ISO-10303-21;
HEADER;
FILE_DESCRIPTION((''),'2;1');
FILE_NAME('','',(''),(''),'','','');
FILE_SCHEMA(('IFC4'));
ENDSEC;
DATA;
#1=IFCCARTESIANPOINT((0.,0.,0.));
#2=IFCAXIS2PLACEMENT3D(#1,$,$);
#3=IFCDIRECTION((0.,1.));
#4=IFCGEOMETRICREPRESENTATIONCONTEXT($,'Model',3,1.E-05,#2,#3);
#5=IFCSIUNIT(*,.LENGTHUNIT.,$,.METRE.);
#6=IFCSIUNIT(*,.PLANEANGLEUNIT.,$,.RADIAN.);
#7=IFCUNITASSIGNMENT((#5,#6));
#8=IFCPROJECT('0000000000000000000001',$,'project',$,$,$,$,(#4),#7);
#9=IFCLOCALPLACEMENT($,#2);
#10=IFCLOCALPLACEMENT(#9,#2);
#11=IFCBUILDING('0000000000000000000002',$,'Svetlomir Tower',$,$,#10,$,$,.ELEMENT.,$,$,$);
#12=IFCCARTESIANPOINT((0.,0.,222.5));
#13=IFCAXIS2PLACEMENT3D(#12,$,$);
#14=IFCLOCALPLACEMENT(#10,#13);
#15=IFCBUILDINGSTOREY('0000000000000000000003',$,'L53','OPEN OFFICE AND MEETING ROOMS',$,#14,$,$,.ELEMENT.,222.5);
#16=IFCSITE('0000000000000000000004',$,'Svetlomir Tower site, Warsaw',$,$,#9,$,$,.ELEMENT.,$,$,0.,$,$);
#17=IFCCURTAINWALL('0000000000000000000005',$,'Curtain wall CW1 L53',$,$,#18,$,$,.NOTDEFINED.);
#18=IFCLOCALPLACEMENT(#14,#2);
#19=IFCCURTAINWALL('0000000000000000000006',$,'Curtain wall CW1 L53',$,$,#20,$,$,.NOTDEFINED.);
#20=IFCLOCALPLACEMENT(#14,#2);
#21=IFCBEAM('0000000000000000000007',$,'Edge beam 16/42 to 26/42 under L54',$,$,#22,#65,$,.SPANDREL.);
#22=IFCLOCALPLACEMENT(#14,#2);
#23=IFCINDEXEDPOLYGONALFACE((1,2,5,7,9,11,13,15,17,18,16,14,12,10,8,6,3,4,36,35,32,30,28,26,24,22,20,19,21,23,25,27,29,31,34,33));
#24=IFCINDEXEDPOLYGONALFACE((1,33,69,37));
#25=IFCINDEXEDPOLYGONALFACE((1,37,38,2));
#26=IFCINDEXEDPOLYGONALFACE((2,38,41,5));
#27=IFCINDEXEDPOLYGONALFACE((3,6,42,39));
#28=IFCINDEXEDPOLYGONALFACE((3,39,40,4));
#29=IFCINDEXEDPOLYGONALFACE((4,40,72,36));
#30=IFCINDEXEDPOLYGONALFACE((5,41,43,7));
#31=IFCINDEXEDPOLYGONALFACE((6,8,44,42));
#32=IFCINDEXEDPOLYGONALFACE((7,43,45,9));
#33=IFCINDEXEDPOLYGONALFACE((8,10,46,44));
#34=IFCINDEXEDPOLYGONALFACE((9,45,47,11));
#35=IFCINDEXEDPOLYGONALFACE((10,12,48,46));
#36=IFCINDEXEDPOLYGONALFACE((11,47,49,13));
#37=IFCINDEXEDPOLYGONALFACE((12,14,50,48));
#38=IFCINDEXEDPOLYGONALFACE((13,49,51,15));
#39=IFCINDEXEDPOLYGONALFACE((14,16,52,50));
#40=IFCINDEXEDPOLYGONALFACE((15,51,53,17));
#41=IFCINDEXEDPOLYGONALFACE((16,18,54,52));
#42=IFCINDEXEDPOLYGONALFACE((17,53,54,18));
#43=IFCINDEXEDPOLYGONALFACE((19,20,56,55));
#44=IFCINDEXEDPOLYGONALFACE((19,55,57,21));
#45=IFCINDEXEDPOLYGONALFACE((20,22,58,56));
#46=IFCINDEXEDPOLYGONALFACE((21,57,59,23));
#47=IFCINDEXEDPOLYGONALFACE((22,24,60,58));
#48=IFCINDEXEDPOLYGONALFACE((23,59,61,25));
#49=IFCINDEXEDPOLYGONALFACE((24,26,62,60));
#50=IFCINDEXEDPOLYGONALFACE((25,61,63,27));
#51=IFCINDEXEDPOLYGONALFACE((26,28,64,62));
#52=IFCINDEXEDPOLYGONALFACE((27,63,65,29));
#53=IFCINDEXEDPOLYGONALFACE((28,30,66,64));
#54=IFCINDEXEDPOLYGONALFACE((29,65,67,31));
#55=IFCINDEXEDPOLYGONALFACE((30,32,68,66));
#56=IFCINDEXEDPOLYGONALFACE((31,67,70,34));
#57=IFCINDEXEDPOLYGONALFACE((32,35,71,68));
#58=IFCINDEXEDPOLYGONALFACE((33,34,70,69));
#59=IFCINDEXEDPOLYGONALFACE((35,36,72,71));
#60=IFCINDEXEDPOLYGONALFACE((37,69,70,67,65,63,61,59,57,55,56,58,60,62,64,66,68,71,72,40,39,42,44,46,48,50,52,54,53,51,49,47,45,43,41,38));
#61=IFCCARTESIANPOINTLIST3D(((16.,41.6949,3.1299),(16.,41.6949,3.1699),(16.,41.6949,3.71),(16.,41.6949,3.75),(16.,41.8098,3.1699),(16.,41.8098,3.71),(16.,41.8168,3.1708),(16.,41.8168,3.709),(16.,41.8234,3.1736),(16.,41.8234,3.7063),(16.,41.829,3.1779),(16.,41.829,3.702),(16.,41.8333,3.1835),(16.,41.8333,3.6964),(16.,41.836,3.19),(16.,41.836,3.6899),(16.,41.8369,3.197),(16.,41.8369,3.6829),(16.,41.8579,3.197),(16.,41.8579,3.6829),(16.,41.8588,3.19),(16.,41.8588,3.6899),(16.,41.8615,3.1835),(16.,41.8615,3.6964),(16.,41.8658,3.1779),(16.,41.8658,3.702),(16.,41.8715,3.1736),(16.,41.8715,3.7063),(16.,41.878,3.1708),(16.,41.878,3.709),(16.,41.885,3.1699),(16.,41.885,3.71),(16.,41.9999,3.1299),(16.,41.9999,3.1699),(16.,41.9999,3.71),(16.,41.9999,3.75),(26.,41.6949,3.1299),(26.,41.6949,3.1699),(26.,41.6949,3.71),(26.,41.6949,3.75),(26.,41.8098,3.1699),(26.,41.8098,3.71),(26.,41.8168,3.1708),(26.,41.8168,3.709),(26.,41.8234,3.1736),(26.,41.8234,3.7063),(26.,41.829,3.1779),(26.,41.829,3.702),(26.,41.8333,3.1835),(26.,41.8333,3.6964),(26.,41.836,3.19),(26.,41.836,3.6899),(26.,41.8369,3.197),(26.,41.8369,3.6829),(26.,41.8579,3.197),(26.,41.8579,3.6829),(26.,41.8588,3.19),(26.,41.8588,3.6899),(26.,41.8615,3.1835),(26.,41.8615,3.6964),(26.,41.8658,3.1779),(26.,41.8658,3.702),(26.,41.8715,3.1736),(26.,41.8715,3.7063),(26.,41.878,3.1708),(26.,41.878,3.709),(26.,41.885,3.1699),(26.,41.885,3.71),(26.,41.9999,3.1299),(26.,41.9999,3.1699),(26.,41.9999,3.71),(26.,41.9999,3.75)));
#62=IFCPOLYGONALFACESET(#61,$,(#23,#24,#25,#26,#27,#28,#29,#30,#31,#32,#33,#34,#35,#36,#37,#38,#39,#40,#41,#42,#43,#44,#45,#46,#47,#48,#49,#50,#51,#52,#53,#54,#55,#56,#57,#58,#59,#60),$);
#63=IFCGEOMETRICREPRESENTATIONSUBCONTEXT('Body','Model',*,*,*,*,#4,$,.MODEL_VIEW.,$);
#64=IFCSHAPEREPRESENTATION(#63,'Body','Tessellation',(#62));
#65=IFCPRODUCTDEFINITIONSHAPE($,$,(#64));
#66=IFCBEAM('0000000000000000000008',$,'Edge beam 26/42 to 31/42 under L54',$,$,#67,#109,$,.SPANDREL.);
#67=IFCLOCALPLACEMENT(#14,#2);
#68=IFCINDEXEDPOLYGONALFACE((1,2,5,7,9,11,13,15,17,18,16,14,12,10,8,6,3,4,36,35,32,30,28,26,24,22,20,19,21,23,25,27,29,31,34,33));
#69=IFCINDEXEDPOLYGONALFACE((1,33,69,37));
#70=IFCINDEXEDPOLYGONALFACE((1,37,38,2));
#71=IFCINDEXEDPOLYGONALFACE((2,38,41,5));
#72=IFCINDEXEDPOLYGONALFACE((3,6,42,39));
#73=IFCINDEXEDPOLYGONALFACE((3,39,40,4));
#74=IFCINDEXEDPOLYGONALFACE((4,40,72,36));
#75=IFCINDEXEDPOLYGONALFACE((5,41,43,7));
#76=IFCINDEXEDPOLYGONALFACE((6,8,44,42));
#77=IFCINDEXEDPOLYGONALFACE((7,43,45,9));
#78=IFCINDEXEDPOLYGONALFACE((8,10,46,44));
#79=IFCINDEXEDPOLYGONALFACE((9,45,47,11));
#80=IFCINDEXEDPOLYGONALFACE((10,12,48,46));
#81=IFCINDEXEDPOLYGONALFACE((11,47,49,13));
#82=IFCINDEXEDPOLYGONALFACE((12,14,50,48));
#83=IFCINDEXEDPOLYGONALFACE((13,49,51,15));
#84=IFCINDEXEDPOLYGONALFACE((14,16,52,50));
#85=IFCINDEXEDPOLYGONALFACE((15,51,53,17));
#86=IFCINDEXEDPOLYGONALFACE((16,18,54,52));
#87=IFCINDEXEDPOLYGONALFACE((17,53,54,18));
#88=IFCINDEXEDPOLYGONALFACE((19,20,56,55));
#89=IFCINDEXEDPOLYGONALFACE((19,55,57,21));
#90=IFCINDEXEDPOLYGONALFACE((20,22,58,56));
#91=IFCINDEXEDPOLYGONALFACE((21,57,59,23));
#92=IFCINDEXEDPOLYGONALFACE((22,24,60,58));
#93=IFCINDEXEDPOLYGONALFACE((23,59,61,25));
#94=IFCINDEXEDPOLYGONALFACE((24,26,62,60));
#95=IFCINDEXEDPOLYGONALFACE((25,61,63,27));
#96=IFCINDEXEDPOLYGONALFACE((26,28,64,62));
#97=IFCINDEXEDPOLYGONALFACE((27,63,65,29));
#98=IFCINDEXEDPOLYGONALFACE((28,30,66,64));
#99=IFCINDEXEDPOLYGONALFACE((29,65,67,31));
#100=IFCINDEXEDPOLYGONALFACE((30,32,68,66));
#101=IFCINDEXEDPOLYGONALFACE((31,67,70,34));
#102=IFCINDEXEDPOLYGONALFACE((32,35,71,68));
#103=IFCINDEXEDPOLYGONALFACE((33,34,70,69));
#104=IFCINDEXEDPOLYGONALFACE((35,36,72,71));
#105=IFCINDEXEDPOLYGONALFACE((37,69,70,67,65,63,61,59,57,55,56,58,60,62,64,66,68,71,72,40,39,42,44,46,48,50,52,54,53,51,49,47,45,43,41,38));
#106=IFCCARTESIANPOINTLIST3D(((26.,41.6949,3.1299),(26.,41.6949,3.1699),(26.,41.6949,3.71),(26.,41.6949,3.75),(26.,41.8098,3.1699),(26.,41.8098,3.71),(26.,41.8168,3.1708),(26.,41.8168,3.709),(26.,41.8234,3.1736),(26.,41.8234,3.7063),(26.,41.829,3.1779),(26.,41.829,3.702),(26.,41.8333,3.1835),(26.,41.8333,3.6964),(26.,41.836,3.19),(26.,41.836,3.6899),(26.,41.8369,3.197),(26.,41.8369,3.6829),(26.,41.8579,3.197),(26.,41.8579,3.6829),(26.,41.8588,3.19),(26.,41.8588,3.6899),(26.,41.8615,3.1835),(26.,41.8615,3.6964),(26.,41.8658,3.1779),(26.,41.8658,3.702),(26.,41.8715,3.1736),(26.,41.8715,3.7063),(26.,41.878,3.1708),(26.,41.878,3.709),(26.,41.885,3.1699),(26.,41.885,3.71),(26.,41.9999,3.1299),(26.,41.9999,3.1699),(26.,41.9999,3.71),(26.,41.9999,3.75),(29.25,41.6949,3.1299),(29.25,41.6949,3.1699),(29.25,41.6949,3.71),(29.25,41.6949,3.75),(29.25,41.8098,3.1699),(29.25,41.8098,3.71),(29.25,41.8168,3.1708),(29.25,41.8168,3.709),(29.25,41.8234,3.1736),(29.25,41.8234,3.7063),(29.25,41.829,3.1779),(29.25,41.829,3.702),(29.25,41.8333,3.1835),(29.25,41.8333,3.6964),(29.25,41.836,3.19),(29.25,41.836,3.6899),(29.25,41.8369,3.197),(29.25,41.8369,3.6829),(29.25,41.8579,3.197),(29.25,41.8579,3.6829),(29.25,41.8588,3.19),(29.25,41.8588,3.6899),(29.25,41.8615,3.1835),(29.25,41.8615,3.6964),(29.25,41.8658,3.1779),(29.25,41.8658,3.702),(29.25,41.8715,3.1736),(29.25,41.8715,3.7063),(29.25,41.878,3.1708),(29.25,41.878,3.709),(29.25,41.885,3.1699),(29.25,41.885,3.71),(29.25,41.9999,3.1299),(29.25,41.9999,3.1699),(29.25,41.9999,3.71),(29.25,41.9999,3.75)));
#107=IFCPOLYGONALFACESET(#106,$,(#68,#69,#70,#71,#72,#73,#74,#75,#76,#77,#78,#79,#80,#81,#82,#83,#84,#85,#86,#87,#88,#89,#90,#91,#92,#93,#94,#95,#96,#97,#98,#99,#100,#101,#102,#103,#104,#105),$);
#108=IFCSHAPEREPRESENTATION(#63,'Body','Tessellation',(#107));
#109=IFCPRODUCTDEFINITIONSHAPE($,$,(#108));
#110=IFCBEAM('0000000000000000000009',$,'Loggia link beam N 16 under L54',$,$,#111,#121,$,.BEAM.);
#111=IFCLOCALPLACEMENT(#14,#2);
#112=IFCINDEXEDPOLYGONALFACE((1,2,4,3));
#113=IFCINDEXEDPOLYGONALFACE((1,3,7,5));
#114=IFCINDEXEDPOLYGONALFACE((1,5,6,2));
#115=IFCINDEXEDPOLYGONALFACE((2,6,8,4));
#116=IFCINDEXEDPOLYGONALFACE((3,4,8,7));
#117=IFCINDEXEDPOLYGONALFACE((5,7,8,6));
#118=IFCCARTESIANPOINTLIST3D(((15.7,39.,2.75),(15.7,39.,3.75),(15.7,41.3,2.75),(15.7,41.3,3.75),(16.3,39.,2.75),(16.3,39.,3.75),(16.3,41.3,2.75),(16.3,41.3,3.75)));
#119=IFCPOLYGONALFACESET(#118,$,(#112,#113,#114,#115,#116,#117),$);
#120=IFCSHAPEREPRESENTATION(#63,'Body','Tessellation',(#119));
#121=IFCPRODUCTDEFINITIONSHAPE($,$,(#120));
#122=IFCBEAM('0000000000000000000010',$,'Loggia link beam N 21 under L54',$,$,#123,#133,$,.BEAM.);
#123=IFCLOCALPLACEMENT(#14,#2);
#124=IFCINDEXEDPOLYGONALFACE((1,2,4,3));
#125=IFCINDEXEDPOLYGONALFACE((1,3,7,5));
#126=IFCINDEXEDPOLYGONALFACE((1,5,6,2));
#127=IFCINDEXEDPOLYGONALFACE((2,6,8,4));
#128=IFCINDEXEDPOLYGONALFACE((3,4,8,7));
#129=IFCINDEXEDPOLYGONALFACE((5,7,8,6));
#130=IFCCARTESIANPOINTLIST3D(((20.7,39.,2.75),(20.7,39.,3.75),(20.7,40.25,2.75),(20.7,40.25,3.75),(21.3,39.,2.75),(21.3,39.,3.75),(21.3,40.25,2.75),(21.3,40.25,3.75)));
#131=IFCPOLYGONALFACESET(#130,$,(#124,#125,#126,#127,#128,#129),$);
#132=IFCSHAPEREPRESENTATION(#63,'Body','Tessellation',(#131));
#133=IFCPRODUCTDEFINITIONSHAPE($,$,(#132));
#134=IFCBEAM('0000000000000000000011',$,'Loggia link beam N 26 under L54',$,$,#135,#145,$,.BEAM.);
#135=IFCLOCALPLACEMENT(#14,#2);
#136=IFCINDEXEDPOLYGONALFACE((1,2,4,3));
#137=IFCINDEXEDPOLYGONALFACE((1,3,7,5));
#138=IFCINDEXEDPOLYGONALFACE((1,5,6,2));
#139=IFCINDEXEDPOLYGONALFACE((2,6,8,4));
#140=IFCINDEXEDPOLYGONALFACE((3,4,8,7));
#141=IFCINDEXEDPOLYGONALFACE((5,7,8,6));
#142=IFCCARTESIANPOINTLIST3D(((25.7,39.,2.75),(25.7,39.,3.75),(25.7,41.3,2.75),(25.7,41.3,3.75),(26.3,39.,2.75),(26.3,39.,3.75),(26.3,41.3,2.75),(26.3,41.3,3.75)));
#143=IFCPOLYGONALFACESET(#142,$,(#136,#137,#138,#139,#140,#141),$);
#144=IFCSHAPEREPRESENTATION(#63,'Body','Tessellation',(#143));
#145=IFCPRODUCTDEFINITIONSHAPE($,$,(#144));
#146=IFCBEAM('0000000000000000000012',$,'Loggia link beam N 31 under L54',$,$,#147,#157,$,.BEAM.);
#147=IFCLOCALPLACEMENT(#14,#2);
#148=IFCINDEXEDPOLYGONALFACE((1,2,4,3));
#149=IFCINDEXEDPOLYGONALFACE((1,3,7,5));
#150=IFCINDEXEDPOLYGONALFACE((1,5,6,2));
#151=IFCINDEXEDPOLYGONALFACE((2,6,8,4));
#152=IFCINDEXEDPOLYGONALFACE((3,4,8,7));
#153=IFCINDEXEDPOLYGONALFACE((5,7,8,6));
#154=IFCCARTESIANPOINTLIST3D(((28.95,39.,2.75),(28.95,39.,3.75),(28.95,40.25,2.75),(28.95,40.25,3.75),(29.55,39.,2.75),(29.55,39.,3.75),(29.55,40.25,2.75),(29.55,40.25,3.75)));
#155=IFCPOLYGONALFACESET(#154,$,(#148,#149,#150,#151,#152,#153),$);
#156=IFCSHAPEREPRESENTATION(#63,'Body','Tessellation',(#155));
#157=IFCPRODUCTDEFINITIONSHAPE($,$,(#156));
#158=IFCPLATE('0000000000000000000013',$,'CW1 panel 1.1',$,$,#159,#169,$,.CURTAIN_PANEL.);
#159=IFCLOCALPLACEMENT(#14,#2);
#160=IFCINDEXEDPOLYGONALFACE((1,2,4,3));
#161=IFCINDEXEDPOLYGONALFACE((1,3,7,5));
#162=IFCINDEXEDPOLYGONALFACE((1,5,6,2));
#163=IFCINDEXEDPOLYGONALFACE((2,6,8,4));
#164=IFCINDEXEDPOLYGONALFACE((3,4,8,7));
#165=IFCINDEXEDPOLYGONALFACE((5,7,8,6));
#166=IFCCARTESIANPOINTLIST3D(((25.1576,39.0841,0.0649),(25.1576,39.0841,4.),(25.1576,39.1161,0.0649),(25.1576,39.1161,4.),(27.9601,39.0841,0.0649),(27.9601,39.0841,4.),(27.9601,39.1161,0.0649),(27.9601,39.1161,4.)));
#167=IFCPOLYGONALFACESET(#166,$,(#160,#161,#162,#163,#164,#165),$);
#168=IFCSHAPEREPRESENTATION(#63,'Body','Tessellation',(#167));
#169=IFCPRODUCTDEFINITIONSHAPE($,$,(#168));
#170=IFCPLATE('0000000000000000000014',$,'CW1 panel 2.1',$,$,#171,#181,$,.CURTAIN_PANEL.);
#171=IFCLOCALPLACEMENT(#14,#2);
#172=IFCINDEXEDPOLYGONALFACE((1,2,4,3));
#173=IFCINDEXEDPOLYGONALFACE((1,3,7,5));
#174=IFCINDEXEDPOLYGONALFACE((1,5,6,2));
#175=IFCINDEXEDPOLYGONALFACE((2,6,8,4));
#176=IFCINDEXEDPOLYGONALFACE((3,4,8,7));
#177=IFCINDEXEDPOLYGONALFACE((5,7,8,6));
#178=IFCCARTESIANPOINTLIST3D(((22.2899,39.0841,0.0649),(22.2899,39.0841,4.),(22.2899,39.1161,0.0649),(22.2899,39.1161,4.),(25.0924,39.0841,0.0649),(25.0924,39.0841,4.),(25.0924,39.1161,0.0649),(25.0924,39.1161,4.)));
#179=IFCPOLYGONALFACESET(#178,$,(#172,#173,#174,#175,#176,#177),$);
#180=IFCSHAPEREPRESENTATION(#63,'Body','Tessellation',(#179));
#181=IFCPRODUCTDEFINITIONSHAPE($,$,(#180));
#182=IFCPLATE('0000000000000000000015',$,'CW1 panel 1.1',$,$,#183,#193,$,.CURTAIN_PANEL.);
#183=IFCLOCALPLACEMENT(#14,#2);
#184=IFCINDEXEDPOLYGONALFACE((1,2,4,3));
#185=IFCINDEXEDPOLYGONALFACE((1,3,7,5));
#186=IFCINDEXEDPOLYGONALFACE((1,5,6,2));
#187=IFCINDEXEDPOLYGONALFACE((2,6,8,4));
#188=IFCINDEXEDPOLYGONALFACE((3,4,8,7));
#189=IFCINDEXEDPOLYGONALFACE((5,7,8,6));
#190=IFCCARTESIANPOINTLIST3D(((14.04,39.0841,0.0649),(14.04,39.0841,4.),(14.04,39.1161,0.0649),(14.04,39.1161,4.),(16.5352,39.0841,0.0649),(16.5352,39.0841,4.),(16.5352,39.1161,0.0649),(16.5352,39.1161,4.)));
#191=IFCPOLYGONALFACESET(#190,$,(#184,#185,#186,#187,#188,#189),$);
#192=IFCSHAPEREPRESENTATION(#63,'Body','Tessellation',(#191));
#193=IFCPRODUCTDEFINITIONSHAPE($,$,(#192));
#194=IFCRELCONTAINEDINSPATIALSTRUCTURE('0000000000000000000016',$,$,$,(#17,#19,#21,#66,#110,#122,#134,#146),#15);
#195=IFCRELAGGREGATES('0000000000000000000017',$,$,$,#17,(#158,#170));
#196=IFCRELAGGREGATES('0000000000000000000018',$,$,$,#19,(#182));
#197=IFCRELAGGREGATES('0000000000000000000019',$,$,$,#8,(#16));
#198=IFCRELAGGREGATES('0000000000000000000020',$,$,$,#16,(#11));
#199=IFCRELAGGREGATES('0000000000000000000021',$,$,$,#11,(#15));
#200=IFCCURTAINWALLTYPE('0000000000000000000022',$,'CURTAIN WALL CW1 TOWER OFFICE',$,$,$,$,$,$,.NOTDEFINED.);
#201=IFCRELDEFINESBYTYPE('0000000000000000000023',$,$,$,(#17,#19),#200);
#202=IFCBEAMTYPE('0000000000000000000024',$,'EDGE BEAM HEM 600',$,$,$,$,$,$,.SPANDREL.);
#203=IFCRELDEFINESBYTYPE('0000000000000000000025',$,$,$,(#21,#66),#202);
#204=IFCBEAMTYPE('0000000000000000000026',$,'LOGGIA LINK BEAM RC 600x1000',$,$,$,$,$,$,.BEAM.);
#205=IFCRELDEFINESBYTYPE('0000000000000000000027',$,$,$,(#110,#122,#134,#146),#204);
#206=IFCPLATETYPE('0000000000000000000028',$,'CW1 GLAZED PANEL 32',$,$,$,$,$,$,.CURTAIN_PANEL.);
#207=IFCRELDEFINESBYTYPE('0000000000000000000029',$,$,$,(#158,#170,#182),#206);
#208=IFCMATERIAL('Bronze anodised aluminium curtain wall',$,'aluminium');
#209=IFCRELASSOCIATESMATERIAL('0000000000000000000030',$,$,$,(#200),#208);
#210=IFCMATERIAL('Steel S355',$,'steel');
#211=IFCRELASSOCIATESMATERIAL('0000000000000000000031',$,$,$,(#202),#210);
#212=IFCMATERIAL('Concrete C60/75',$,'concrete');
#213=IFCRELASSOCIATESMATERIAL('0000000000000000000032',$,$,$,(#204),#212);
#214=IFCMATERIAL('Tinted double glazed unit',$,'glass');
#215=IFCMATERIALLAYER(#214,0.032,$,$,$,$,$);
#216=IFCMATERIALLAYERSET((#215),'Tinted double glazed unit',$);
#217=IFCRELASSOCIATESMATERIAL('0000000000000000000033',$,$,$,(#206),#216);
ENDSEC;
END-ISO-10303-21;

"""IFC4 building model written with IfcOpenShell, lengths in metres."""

from ifc_helpers import new_model, si_unit, direction, frame, origin, origin_2d, place, context, subcontext, project, spatial, rectangle, i_section, extrude, material, layer, layer_set, material_profile, profile_set, type_object, element, aggregate, save


model = new_model("IFC4")

# Units and contexts
model_context = context("Model", 3, precision=1e-05, world=origin(), true_north=direction((0.0, 1.0)))
body_context = subcontext(model_context, "Body", "Model", "MODEL_VIEW")
ifc_project = project(units=[si_unit("LENGTHUNIT", "METRE"), si_unit("PLANEANGLEUNIT", "RADIAN")], contexts=[model_context])

# Site, building, storey
site_placement = place(None, origin())
site = spatial("IfcSite", under=ifc_project, at=site_placement, Name="Svetlomir Tower site, Warsaw", CompositionType="ELEMENT", RefElevation=0.0)
building_placement = place(site_placement, origin())
building = spatial("IfcBuilding", under=site, at=building_placement, Name="Svetlomir Tower", CompositionType="ELEMENT")
storey_placement = place(building_placement, frame((0.0, 0.0, 222.5)))
storey = spatial("IfcBuildingStorey", under=building, at=storey_placement, Name="L53", Description="OPEN OFFICE AND MEETING ROOMS", CompositionType="ELEMENT", Elevation=222.5)

# Curtain wall
ifc_material_1 = material(Name="Bronze anodised aluminium curtain wall", Category="aluminium")
curtain_wall_type = type_object("IfcCurtainWallType", Name="CURTAIN WALL CW1 TOWER OFFICE", PredefinedType="NOTDEFINED", material=ifc_material_1)
curtain_wall_1_placement = place(storey_placement, origin())
curtain_wall_1 = element("IfcCurtainWall", 1, at=curtain_wall_1_placement, inside=storey, type_object=curtain_wall_type, Name="Curtain wall CW1 L53", PredefinedType="NOTDEFINED")

# Curtain wall
curtain_wall_2_placement = place(storey_placement, origin())
curtain_wall_2 = element("IfcCurtainWall", 2, at=curtain_wall_2_placement, inside=storey, type_object=curtain_wall_type, Name="Curtain wall CW1 L53", PredefinedType="NOTDEFINED")

# Beams
ifc_material_2 = material(Name="Steel S355", Category="steel")
ifc_material_profile_1 = material_profile(ifc_material_2, i_section(OverallWidth=0.3049, OverallDepth=0.6201, WebThickness=0.021, FlangeThickness=0.04, FilletRadius=0.0271, at=origin_2d()), Name="HEM 600")
ifc_profile_set_1 = profile_set([ifc_material_profile_1], Name="Steel S355")
beam_type_1 = type_object("IfcBeamType", Name="EDGE BEAM HEM 600", PredefinedType="SPANDREL", material=ifc_profile_set_1)
beam_1_placement = place(storey_placement, frame((16.0, 41.8474, 3.4399), z_axis=(1.0, 0.0, 0.0), x_axis=(0.0, 1.0, 0.0)))
element("IfcBeam", 3, at=beam_1_placement, inside=storey, type_object=beam_type_1, Name="Edge beam 16/42 to 26/42 under L54", PredefinedType="SPANDREL", context=body_context, shape_type="SweptSolid", body=[
    extrude(i_section(OverallWidth=0.3049, OverallDepth=0.6201, WebThickness=0.021, FlangeThickness=0.04, FilletRadius=0.0271, at=origin_2d()), origin(), (0.0, 0.0, 1.0), 10.0),
])
beam_2_placement = place(storey_placement, frame((26.0, 41.8474, 3.4399), z_axis=(1.0, 0.0, 0.0), x_axis=(0.0, 1.0, 0.0)))
element("IfcBeam", 4, at=beam_2_placement, inside=storey, type_object=beam_type_1, Name="Edge beam 26/42 to 31/42 under L54", PredefinedType="SPANDREL", context=body_context, shape_type="SweptSolid", body=[
    extrude(i_section(OverallWidth=0.3049, OverallDepth=0.6201, WebThickness=0.021, FlangeThickness=0.04, FilletRadius=0.0271, at=origin_2d()), origin(), (0.0, 0.0, 1.0), 3.25),
])
ifc_material_3 = material(Name="Concrete C60/75", Category="concrete")
ifc_material_profile_2 = material_profile(ifc_material_3, rectangle(XDim=0.6001, YDim=1.0, at=origin_2d()), Name="RC 600x1000")
ifc_profile_set_2 = profile_set([ifc_material_profile_2], Name="Concrete C60/75")
beam_type_2 = type_object("IfcBeamType", Name="LOGGIA LINK BEAM RC 600x1000", PredefinedType="BEAM", material=ifc_profile_set_2)
beam_3_placement = place(storey_placement, frame((16.0, 41.3, 3.25), z_axis=(0.0, -1.0, 0.0), x_axis=(1.0, 0.0, 0.0)))
element("IfcBeam", 5, at=beam_3_placement, inside=storey, type_object=beam_type_2, Name="Loggia link beam N 16 under L54", PredefinedType="BEAM", context=body_context, shape_type="SweptSolid", body=[
    extrude(rectangle(XDim=0.6001, YDim=1.0, at=origin_2d()), origin(), (0.0, 0.0, 1.0), 2.3),
])
beam_4_placement = place(storey_placement, frame((21.0, 40.25, 3.25), z_axis=(0.0, -1.0, 0.0), x_axis=(1.0, 0.0, 0.0)))
element("IfcBeam", 6, at=beam_4_placement, inside=storey, type_object=beam_type_2, Name="Loggia link beam N 21 under L54", PredefinedType="BEAM", context=body_context, shape_type="SweptSolid", body=[
    extrude(rectangle(XDim=0.6001, YDim=1.0, at=origin_2d()), origin(), (0.0, 0.0, 1.0), 1.25),
])
beam_5_placement = place(storey_placement, frame((26.0, 41.3, 3.25), z_axis=(0.0, -1.0, 0.0), x_axis=(1.0, 0.0, 0.0)))
element("IfcBeam", 7, at=beam_5_placement, inside=storey, type_object=beam_type_2, Name="Loggia link beam N 26 under L54", PredefinedType="BEAM", context=body_context, shape_type="SweptSolid", body=[
    extrude(rectangle(XDim=0.6001, YDim=1.0, at=origin_2d()), origin(), (0.0, 0.0, 1.0), 2.3),
])
beam_6_placement = place(storey_placement, frame((29.25, 40.25, 3.25), z_axis=(0.0, -1.0, 0.0), x_axis=(1.0, 0.0, 0.0)))
element("IfcBeam", 8, at=beam_6_placement, inside=storey, type_object=beam_type_2, Name="Loggia link beam N 31 under L54", PredefinedType="BEAM", context=body_context, shape_type="SweptSolid", body=[
    extrude(rectangle(XDim=0.6001, YDim=1.0, at=origin_2d()), origin(), (0.0, 0.0, 1.0), 1.25),
])

# Plates
ifc_material_4 = material(Name="Tinted double glazed unit", Category="glass")
ifc_layer_1 = layer(ifc_material_4, 0.032)
ifc_layer_set_1 = layer_set([ifc_layer_1], Name="Tinted double glazed unit")
plate_type = type_object("IfcPlateType", Name="CW1 GLAZED PANEL 32", PredefinedType="CURTAIN_PANEL", material=ifc_layer_set_1)
plate_1_placement = place(storey_placement, frame((26.5588, 39.1001, 0.0649), z_axis=(0.0, 0.0, 1.0), x_axis=(-1.0, 0.0, 0.0)))
plate_1 = element("IfcPlate", 9, at=plate_1_placement, type_object=plate_type, Name="CW1 panel 1.1", PredefinedType="CURTAIN_PANEL", context=body_context, shape_type="SweptSolid", body=[
    extrude(rectangle(XDim=2.8025, YDim=0.032, at=origin_2d()), origin(), (0.0, 0.0, 1.0), 3.9351),
])
plate_2_placement = place(storey_placement, frame((23.6912, 39.1001, 0.0649), z_axis=(0.0, 0.0, 1.0), x_axis=(-1.0, 0.0, 0.0)))
plate_2 = element("IfcPlate", 10, at=plate_2_placement, type_object=plate_type, Name="CW1 panel 2.1", PredefinedType="CURTAIN_PANEL", context=body_context, shape_type="SweptSolid", body=[
    extrude(rectangle(XDim=2.8025, YDim=0.032, at=origin_2d()), origin(), (0.0, 0.0, 1.0), 3.9351),
])
aggregate(curtain_wall_1, [plate_1, plate_2])
plate_3_placement = place(storey_placement, frame((15.2876, 39.1001, 0.0649), z_axis=(0.0, 0.0, 1.0), x_axis=(-1.0, 0.0, 0.0)))
plate_3 = element("IfcPlate", 11, at=plate_3_placement, type_object=plate_type, Name="CW1 panel 1.1", PredefinedType="CURTAIN_PANEL", context=body_context, shape_type="SweptSolid", body=[
    extrude(rectangle(XDim=2.4951, YDim=0.032, at=origin_2d()), origin(), (0.0, 0.0, 1.0), 3.9351),
])
aggregate(curtain_wall_2, [plate_3])

save(model, "model.ifc")
